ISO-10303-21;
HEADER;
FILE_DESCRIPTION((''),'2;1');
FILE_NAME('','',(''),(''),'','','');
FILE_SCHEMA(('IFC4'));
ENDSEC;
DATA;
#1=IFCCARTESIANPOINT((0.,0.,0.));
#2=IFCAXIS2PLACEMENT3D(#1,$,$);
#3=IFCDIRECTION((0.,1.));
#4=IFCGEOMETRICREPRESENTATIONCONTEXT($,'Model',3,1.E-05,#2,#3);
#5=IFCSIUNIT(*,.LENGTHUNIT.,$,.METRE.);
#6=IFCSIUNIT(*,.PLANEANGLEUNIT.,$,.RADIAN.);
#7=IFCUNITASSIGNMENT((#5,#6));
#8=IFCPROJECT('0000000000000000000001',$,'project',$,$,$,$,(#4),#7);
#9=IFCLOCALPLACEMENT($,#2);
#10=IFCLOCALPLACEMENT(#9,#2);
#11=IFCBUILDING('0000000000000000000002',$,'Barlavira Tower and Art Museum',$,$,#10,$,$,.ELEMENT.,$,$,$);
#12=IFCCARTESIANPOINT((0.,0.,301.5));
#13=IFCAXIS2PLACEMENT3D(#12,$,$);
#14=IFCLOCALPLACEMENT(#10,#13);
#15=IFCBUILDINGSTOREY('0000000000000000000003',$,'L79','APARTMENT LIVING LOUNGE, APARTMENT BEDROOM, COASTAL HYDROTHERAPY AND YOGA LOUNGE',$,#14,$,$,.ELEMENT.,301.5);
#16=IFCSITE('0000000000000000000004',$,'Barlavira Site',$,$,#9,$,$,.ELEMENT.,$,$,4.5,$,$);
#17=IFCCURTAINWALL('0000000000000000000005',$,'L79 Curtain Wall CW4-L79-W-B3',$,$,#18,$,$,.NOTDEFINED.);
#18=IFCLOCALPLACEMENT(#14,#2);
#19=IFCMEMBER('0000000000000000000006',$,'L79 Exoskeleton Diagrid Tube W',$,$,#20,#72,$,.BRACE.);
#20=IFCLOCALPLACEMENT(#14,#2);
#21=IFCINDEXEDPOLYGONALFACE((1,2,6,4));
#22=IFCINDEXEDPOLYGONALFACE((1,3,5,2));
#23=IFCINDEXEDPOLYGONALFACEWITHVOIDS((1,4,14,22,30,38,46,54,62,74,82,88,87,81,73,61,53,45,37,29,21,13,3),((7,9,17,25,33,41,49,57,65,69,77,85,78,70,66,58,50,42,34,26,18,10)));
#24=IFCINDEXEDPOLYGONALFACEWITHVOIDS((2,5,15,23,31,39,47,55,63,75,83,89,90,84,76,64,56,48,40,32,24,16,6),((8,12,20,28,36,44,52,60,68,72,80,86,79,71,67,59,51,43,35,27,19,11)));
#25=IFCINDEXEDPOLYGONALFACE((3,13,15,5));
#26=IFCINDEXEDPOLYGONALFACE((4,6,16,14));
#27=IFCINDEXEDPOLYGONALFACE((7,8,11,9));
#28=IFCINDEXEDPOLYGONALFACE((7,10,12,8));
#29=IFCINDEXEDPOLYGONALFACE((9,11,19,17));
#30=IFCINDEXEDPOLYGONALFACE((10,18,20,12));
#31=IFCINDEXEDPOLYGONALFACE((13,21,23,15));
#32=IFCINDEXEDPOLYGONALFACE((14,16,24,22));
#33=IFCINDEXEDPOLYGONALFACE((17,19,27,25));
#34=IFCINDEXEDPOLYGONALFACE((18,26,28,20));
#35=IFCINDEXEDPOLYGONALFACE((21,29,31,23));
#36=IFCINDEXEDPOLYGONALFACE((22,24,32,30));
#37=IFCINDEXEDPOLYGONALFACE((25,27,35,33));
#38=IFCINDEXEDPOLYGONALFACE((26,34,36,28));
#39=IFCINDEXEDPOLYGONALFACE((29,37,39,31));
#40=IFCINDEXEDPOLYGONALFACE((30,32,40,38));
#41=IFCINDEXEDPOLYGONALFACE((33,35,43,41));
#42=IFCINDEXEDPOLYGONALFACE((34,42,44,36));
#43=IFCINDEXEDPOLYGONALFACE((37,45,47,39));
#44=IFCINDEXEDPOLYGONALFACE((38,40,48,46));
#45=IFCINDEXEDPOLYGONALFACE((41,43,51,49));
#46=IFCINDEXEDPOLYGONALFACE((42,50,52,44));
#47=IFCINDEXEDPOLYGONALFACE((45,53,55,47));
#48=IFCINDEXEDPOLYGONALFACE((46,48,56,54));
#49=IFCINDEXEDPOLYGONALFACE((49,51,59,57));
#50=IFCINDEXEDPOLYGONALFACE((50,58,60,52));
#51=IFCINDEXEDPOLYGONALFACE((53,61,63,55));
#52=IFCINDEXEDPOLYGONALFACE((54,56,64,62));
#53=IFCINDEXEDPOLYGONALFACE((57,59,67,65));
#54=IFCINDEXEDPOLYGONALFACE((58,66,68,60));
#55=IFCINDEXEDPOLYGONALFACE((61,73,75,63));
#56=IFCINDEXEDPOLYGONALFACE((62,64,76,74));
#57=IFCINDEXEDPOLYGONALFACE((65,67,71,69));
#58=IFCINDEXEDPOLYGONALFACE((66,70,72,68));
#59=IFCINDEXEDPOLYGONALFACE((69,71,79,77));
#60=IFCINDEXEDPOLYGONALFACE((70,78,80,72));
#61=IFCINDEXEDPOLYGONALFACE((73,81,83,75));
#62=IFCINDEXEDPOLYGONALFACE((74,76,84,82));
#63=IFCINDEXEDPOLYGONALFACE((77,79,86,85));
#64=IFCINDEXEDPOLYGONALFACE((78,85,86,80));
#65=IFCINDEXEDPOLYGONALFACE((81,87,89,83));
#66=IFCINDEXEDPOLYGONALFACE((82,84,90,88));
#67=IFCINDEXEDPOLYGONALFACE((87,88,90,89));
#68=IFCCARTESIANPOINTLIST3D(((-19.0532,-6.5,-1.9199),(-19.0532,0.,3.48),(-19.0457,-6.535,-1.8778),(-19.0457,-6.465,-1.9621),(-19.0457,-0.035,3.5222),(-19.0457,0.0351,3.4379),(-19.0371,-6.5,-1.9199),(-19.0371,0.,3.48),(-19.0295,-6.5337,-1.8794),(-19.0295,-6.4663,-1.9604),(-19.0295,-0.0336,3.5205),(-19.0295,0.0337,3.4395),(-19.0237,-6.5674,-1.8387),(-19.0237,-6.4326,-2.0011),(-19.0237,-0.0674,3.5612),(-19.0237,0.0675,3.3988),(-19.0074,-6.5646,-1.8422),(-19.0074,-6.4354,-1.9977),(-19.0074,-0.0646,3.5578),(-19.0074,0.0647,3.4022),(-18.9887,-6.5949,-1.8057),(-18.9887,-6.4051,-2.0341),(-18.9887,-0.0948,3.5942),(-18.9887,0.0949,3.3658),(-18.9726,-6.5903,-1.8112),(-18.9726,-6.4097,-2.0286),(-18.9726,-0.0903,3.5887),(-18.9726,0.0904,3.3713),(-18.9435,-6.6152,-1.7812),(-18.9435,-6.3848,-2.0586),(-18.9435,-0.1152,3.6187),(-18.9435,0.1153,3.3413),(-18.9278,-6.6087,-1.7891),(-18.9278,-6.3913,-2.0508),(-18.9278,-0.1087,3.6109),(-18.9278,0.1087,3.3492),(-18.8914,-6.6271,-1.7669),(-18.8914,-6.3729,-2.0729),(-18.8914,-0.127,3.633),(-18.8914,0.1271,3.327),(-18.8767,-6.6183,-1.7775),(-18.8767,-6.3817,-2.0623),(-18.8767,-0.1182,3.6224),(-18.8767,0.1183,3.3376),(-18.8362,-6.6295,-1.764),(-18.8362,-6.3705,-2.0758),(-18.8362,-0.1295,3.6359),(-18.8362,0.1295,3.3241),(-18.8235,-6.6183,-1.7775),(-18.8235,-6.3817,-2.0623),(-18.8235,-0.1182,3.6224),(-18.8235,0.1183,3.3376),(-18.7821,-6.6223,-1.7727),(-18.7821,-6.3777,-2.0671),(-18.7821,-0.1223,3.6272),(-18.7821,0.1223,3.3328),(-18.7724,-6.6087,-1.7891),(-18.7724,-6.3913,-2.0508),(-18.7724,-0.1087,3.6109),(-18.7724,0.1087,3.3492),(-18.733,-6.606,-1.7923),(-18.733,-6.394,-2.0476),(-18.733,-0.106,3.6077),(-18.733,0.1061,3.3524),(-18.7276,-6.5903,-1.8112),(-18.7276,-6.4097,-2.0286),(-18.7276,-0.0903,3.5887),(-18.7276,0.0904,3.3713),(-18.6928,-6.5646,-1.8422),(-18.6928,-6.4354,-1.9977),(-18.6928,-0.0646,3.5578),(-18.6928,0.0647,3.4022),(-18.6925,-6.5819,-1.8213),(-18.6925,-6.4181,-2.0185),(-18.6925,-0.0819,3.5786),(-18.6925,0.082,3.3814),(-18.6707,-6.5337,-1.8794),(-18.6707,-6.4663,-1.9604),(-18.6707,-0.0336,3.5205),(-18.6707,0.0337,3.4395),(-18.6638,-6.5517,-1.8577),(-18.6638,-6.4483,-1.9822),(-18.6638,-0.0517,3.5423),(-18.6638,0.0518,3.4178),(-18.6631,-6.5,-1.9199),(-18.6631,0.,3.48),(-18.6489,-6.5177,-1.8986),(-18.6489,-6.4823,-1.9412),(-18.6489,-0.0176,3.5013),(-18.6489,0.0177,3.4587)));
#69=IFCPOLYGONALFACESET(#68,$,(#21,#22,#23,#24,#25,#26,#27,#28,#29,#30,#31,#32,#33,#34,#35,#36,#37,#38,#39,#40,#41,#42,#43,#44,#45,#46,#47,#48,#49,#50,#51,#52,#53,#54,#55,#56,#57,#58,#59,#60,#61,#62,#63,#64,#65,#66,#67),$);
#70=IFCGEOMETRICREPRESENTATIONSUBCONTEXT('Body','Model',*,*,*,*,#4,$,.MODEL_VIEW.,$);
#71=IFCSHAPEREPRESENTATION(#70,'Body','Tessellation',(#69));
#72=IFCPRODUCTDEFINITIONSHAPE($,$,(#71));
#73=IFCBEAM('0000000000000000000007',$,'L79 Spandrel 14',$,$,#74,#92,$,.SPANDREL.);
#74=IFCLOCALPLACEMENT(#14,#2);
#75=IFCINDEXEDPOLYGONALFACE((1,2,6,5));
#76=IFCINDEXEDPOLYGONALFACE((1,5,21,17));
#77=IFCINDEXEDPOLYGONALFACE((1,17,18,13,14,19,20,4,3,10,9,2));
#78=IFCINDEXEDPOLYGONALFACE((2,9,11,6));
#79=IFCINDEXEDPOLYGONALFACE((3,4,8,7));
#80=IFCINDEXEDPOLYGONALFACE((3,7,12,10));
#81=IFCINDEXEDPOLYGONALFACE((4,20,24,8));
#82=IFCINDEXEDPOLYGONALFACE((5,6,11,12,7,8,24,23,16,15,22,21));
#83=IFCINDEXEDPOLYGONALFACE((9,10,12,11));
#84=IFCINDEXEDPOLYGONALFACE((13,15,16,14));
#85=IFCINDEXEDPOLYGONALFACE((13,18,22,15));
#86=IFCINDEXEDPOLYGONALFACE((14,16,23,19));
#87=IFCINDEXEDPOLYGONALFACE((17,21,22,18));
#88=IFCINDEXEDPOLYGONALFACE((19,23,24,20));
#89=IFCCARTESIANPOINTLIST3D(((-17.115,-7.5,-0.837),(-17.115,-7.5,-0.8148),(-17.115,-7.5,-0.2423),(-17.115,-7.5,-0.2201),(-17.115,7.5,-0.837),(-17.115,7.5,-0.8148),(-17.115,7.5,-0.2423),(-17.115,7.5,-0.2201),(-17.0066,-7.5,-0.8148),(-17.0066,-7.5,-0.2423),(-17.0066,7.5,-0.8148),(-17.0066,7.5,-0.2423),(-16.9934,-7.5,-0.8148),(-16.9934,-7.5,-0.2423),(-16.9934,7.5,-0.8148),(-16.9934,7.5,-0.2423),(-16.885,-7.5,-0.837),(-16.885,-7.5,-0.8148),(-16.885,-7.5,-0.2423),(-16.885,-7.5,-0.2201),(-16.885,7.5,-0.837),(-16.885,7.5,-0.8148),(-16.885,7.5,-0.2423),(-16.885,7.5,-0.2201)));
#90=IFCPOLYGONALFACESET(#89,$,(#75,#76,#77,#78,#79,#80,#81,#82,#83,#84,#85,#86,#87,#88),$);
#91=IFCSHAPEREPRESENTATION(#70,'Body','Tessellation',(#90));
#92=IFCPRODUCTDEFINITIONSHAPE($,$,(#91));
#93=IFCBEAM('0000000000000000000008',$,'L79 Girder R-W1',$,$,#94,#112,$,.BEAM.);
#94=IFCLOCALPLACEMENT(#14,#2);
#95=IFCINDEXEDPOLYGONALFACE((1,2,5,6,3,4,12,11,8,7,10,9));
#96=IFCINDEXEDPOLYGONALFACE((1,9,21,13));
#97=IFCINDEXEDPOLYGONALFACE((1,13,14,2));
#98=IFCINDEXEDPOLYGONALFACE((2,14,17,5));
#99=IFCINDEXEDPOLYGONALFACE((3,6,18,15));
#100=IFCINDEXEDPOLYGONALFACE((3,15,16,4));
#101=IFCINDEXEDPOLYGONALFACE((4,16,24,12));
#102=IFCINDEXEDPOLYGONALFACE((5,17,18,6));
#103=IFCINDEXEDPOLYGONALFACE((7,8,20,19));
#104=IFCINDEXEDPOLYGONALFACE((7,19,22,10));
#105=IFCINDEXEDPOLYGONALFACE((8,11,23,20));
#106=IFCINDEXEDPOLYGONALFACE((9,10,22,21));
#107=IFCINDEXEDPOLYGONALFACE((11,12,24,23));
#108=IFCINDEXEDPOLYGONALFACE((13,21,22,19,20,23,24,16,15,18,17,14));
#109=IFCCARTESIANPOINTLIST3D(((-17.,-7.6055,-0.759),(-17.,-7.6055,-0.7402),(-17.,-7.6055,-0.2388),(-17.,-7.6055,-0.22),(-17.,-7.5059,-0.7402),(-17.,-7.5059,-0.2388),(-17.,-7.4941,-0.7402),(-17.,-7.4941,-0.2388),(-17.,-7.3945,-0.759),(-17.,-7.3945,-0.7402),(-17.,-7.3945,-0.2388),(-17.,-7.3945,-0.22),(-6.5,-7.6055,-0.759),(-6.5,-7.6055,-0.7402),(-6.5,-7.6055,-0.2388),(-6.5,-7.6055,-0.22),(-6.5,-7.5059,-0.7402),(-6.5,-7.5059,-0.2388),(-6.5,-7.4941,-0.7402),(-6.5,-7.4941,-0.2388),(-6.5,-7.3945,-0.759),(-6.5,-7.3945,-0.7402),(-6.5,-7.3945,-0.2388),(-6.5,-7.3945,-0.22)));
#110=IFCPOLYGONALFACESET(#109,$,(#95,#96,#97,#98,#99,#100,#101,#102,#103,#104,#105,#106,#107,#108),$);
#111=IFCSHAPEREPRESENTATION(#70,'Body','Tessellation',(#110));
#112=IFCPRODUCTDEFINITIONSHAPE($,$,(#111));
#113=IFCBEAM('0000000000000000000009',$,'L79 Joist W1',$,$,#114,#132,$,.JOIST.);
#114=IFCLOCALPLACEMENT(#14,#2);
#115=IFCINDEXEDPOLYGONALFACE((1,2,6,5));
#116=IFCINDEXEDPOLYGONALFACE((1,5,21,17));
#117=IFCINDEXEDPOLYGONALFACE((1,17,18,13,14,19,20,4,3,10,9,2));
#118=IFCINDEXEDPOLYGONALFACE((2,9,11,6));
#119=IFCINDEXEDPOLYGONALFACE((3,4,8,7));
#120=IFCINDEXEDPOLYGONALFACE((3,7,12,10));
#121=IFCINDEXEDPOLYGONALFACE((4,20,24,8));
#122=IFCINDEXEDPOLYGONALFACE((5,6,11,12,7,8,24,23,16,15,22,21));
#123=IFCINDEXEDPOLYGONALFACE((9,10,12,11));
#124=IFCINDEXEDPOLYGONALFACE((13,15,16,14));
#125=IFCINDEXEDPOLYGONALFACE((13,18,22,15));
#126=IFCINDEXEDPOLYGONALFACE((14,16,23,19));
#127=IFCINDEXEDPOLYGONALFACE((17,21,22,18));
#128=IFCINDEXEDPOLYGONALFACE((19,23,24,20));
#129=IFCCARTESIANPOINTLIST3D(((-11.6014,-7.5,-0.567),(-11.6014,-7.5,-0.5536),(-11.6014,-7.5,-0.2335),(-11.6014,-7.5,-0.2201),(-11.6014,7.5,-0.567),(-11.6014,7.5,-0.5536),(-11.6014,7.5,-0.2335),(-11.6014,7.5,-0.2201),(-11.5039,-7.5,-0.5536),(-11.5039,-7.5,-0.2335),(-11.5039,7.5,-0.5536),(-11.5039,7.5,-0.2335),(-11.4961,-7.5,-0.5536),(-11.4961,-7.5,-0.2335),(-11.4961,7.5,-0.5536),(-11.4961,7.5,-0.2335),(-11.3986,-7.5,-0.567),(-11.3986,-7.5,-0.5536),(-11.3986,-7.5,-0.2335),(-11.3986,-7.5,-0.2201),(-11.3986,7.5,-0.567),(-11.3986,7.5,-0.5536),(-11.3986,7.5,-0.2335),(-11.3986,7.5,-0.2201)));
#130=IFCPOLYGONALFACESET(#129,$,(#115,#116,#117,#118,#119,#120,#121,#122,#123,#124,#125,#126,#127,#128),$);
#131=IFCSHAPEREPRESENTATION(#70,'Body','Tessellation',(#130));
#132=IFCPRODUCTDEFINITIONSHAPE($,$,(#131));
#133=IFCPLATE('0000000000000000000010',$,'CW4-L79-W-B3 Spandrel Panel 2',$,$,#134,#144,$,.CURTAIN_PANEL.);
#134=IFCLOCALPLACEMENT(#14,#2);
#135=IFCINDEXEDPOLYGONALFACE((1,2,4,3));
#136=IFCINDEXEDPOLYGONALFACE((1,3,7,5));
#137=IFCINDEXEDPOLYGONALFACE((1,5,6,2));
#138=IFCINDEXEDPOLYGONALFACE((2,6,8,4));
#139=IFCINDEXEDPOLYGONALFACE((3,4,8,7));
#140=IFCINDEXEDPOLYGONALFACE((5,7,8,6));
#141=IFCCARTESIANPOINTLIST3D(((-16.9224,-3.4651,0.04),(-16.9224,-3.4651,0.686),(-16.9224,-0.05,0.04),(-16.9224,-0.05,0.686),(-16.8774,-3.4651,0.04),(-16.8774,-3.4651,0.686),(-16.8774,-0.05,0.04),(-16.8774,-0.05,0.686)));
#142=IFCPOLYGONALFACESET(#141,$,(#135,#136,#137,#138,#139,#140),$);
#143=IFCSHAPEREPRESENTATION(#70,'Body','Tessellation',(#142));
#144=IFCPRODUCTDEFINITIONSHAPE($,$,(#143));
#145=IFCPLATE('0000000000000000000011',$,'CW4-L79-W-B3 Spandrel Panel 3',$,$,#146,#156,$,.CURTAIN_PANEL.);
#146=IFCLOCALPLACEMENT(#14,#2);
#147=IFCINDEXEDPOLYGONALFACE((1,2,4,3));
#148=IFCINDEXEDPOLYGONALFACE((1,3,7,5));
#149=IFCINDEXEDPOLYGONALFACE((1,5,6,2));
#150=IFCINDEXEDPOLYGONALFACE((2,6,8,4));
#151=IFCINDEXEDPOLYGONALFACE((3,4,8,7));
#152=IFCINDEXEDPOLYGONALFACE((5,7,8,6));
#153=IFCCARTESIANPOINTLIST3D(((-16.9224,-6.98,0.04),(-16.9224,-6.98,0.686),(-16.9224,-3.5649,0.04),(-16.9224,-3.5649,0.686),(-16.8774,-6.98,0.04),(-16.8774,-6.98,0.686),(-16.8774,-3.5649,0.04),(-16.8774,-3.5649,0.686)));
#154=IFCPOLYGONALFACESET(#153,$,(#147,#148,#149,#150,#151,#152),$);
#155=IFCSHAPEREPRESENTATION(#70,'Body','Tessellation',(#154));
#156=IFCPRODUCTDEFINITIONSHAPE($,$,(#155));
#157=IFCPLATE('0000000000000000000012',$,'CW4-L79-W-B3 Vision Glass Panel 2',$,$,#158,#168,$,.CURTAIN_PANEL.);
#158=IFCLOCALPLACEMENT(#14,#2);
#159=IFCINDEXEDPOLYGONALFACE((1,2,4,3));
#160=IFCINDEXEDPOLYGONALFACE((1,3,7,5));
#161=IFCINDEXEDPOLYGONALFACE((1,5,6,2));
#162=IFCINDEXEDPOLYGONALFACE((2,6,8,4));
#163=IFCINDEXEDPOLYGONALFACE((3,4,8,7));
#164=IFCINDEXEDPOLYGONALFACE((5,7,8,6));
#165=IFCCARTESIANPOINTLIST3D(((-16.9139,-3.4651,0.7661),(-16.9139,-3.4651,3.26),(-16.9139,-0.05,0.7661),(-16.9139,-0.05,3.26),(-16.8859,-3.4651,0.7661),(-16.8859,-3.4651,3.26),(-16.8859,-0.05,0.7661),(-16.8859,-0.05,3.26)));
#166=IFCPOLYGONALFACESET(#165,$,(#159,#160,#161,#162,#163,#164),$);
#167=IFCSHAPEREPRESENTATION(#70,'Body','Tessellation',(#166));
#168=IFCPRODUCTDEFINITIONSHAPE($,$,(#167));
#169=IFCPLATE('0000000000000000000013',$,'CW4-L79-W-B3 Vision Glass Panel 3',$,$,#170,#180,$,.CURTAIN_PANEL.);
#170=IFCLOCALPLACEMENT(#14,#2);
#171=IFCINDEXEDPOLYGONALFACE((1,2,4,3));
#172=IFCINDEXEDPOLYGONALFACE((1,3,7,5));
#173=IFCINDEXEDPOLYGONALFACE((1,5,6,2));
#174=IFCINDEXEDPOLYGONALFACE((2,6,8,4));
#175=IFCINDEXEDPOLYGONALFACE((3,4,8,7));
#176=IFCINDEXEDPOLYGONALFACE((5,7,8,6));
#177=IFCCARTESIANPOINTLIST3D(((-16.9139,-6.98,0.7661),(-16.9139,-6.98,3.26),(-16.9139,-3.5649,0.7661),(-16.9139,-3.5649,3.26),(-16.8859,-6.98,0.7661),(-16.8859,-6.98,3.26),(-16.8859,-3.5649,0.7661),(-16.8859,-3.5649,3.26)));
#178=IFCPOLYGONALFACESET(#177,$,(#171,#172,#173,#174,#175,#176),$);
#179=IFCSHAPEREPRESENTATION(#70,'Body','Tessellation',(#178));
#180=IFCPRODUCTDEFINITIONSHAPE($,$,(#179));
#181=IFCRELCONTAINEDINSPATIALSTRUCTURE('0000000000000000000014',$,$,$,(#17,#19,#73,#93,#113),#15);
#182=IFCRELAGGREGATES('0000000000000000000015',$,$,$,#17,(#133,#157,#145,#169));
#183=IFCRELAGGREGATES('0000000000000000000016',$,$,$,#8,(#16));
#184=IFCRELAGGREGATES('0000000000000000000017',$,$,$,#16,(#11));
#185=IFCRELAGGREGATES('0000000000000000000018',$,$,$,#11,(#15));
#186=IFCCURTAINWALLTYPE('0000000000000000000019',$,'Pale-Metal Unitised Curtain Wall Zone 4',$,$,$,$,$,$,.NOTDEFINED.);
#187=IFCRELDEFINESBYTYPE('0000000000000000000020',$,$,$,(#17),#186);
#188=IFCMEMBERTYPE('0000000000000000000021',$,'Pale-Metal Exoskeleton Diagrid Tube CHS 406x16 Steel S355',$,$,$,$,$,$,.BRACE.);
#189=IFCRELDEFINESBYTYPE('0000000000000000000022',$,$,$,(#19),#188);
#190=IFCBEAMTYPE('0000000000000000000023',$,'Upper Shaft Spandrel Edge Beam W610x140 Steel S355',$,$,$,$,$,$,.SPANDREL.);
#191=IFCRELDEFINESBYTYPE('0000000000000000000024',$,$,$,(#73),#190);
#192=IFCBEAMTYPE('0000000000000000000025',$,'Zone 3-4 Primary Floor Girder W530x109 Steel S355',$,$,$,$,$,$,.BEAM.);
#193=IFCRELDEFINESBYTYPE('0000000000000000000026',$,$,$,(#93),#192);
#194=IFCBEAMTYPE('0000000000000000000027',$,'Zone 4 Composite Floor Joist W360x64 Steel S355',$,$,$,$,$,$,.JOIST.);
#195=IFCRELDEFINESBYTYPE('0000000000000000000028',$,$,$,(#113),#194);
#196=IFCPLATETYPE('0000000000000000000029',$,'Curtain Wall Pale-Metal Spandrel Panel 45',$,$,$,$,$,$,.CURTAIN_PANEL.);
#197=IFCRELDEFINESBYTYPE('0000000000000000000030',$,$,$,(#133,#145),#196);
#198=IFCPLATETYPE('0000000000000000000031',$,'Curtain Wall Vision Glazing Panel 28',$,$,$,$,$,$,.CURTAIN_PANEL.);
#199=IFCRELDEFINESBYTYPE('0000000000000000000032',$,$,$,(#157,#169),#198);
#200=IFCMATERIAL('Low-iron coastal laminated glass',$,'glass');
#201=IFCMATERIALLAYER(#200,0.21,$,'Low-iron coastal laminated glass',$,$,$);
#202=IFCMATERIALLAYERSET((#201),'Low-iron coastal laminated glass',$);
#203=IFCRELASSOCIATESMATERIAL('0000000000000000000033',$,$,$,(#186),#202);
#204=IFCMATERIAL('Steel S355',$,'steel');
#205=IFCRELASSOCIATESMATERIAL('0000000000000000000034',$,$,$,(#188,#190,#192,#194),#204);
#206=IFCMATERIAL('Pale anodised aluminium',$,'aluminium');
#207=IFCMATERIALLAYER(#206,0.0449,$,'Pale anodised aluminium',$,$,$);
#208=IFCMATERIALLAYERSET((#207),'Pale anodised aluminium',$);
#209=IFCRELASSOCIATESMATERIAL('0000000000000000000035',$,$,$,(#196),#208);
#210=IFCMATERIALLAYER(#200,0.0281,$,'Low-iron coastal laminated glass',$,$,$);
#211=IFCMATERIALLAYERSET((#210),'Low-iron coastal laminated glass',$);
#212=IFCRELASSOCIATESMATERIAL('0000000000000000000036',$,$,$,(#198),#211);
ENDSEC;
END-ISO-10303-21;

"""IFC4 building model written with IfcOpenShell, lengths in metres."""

from ifc_helpers import new_model, si_unit, direction, frame, origin, origin_2d, place, context, subcontext, project, spatial, rectangle, hollow_circle, i_section, extrude, material, layer, layer_set, material_profile, profile_set, type_object, element, aggregate, save


model = new_model("IFC4")

# Units and contexts
model_context = context("Model", 3, precision=1e-05, world=origin(), true_north=direction((0.0, 1.0)))
body_context = subcontext(model_context, "Body", "Model", "MODEL_VIEW")
ifc_project = project(units=[si_unit("LENGTHUNIT", "METRE"), si_unit("PLANEANGLEUNIT", "RADIAN")], contexts=[model_context])

# Site, building, storey
site_placement = place(None, origin())
site = spatial("IfcSite", under=ifc_project, at=site_placement, Name="Barlavira Site", CompositionType="ELEMENT", RefElevation=4.5)
building_placement = place(site_placement, origin())
building = spatial("IfcBuilding", under=site, at=building_placement, Name="Barlavira Tower and Art Museum", CompositionType="ELEMENT")
storey_placement = place(building_placement, frame((0.0, 0.0, 301.5)))
storey = spatial("IfcBuildingStorey", under=building, at=storey_placement, Name="L79", Description="APARTMENT LIVING LOUNGE, APARTMENT BEDROOM, COASTAL HYDROTHERAPY AND YOGA LOUNGE", CompositionType="ELEMENT", Elevation=301.5)

# Curtain wall
ifc_material_1 = material(Name="Low-iron coastal laminated glass", Category="glass")
ifc_layer_1 = layer(ifc_material_1, 0.21, Name="Low-iron coastal laminated glass")
ifc_layer_set_1 = layer_set([ifc_layer_1], Name="Low-iron coastal laminated glass")
curtain_wall_type = type_object("IfcCurtainWallType", Name="Pale-Metal Unitised Curtain Wall Zone 4", PredefinedType="NOTDEFINED", material=ifc_layer_set_1)
curtain_wall_placement = place(storey_placement, origin())
curtain_wall = element("IfcCurtainWall", 1, at=curtain_wall_placement, inside=storey, type_object=curtain_wall_type, Name="L79 Curtain Wall CW4-L79-W-B3", PredefinedType="NOTDEFINED")
ifc_material_2 = material(Name="Pale anodised aluminium", Category="aluminium")

# Member
ifc_material_3 = material(Name="Steel S355", Category="steel")
ifc_material_profile_1 = material_profile(ifc_material_3, hollow_circle(Radius=0.2031, WallThickness=0.0161, at=origin_2d()), Name="CHS 406.4x16.0")
ifc_profile_set_1 = profile_set([ifc_material_profile_1], Name="Steel S355")
member_type_1 = type_object("IfcMemberType", Name="Pale-Metal Exoskeleton Diagrid Tube CHS 406x16 Steel S355", PredefinedType="BRACE", material=ifc_profile_set_1)
for number, where, z_axis, x_axis, name in (
    (2, (-18.8501, -6.5, -1.9199), (0.0, 0.769196, 0.639013), (-1.0, 0.0, 0.0), "L79 Exoskeleton Diagrid Tube W"),
):
    element("IfcMember", number, at=place(storey_placement, frame(where, z_axis=z_axis, x_axis=x_axis)), inside=storey, type_object=member_type_1, Name=name, PredefinedType="BRACE", context=body_context, shape_type="SweptSolid", body=[
        extrude(hollow_circle(Radius=0.2031, WallThickness=0.0161, at=origin_2d()), origin(), (0.0, 0.0, 1.0), 8.4504),
    ])

# Beams
ifc_material_profile_2 = material_profile(ifc_material_3, i_section(OverallWidth=0.23, OverallDepth=0.6169, WebThickness=0.0132, FlangeThickness=0.0222, at=origin_2d()), Name="W610x140.0")
ifc_profile_set_2 = profile_set([ifc_material_profile_2], Name="Steel S355")
beam_type_1 = type_object("IfcBeamType", Name="Upper Shaft Spandrel Edge Beam W610x140 Steel S355", PredefinedType="SPANDREL", material=ifc_profile_set_2)
beam_1_placement = place(storey_placement, frame((-17.0, -7.5, -0.5286), z_axis=(0.0, 1.0, 0.0), x_axis=(-1.0, 0.0, 0.0)))
element("IfcBeam", 3, at=beam_1_placement, inside=storey, type_object=beam_type_1, Name="L79 Spandrel 14", PredefinedType="SPANDREL", context=body_context, shape_type="SweptSolid", body=[
    extrude(i_section(OverallWidth=0.23, OverallDepth=0.6169, WebThickness=0.0132, FlangeThickness=0.0222, at=origin_2d()), origin(), (0.0, 0.0, 1.0), 15.0),
])
ifc_material_profile_3 = material_profile(ifc_material_3, i_section(OverallWidth=0.2109, OverallDepth=0.5391, WebThickness=0.0117, FlangeThickness=0.0188, at=origin_2d()), Name="W530x109.0")
ifc_profile_set_3 = profile_set([ifc_material_profile_3], Name="Steel S355")
beam_type_2 = type_object("IfcBeamType", Name="Zone 3-4 Primary Floor Girder W530x109 Steel S355", PredefinedType="BEAM", material=ifc_profile_set_3)
beam_2_placement = place(storey_placement, frame((-17.0, -7.5, -0.4895), z_axis=(1.0, 0.0, 0.0), x_axis=(0.0, 1.0, 0.0)))
element("IfcBeam", 4, at=beam_2_placement, inside=storey, type_object=beam_type_2, Name="L79 Girder R-W1", PredefinedType="BEAM", context=body_context, shape_type="SweptSolid", body=[
    extrude(i_section(OverallWidth=0.2109, OverallDepth=0.5391, WebThickness=0.0117, FlangeThickness=0.0188, at=origin_2d()), origin(), (0.0, 0.0, 1.0), 10.5),
])
ifc_material_profile_4 = material_profile(ifc_material_3, i_section(OverallWidth=0.2029, OverallDepth=0.3469, WebThickness=0.0078, FlangeThickness=0.0134, at=origin_2d()), Name="W360x64.0")
ifc_profile_set_4 = profile_set([ifc_material_profile_4], Name="Steel S355")
beam_type_3 = type_object("IfcBeamType", Name="Zone 4 Composite Floor Joist W360x64 Steel S355", PredefinedType="JOIST", material=ifc_profile_set_4)
beam_3_placement = place(storey_placement, frame((-11.5, -7.5, -0.3936), z_axis=(0.0, 1.0, 0.0), x_axis=(-1.0, 0.0, 0.0)))
element("IfcBeam", 5, at=beam_3_placement, inside=storey, type_object=beam_type_3, Name="L79 Joist W1", PredefinedType="JOIST", context=body_context, shape_type="SweptSolid", body=[
    extrude(i_section(OverallWidth=0.2029, OverallDepth=0.3469, WebThickness=0.0078, FlangeThickness=0.0134, at=origin_2d()), origin(), (0.0, 0.0, 1.0), 15.0),
])

# Plates
ifc_layer_2 = layer(ifc_material_2, 0.0449, Name="Pale anodised aluminium")
ifc_layer_set_2 = layer_set([ifc_layer_2], Name="Pale anodised aluminium")
plate_type_1 = type_object("IfcPlateType", Name="Curtain Wall Pale-Metal Spandrel Panel 45", PredefinedType="CURTAIN_PANEL", material=ifc_layer_set_2)
plate_1_placement = place(storey_placement, frame((-16.8999, -1.7576, 0.04), z_axis=(0.0, 0.0, 1.0), x_axis=(0.0, -1.0, 0.0)))
plate_1 = element("IfcPlate", 6, at=plate_1_placement, type_object=plate_type_1, Name="CW4-L79-W-B3 Spandrel Panel 2", PredefinedType="CURTAIN_PANEL", context=body_context, shape_type="SweptSolid", body=[
    extrude(rectangle(XDim=3.415, YDim=0.0449, at=origin_2d()), origin(), (0.0, 0.0, 1.0), 0.646),
])
plate_2_placement = place(storey_placement, frame((-16.8999, -5.2725, 0.04), z_axis=(0.0, 0.0, 1.0), x_axis=(0.0, -1.0, 0.0)))
plate_2 = element("IfcPlate", 7, at=plate_2_placement, type_object=plate_type_1, Name="CW4-L79-W-B3 Spandrel Panel 3", PredefinedType="CURTAIN_PANEL", context=body_context, shape_type="SweptSolid", body=[
    extrude(rectangle(XDim=3.415, YDim=0.0449, at=origin_2d()), origin(), (0.0, 0.0, 1.0), 0.646),
])
ifc_layer_3 = layer(ifc_material_1, 0.0281, Name="Low-iron coastal laminated glass")
ifc_layer_set_3 = layer_set([ifc_layer_3], Name="Low-iron coastal laminated glass")
plate_type_2 = type_object("IfcPlateType", Name="Curtain Wall Vision Glazing Panel 28", PredefinedType="CURTAIN_PANEL", material=ifc_layer_set_3)
plate_3_placement = place(storey_placement, frame((-16.8999, -1.7576, 0.7661), z_axis=(0.0, 0.0, 1.0), x_axis=(0.0, -1.0, 0.0)))
plate_3 = element("IfcPlate", 8, at=plate_3_placement, type_object=plate_type_2, Name="CW4-L79-W-B3 Vision Glass Panel 2", PredefinedType="CURTAIN_PANEL", context=body_context, shape_type="SweptSolid", body=[
    extrude(rectangle(XDim=3.415, YDim=0.0281, at=origin_2d()), origin(), (0.0, 0.0, 1.0), 2.4939),
])
plate_4_placement = place(storey_placement, frame((-16.8999, -5.2725, 0.7661), z_axis=(0.0, 0.0, 1.0), x_axis=(0.0, -1.0, 0.0)))
plate_4 = element("IfcPlate", 9, at=plate_4_placement, type_object=plate_type_2, Name="CW4-L79-W-B3 Vision Glass Panel 3", PredefinedType="CURTAIN_PANEL", context=body_context, shape_type="SweptSolid", body=[
    extrude(rectangle(XDim=3.415, YDim=0.0281, at=origin_2d()), origin(), (0.0, 0.0, 1.0), 2.4939),
])
aggregate(curtain_wall, [plate_1, plate_3, plate_2, plate_4])

save(model, "model.ifc")
